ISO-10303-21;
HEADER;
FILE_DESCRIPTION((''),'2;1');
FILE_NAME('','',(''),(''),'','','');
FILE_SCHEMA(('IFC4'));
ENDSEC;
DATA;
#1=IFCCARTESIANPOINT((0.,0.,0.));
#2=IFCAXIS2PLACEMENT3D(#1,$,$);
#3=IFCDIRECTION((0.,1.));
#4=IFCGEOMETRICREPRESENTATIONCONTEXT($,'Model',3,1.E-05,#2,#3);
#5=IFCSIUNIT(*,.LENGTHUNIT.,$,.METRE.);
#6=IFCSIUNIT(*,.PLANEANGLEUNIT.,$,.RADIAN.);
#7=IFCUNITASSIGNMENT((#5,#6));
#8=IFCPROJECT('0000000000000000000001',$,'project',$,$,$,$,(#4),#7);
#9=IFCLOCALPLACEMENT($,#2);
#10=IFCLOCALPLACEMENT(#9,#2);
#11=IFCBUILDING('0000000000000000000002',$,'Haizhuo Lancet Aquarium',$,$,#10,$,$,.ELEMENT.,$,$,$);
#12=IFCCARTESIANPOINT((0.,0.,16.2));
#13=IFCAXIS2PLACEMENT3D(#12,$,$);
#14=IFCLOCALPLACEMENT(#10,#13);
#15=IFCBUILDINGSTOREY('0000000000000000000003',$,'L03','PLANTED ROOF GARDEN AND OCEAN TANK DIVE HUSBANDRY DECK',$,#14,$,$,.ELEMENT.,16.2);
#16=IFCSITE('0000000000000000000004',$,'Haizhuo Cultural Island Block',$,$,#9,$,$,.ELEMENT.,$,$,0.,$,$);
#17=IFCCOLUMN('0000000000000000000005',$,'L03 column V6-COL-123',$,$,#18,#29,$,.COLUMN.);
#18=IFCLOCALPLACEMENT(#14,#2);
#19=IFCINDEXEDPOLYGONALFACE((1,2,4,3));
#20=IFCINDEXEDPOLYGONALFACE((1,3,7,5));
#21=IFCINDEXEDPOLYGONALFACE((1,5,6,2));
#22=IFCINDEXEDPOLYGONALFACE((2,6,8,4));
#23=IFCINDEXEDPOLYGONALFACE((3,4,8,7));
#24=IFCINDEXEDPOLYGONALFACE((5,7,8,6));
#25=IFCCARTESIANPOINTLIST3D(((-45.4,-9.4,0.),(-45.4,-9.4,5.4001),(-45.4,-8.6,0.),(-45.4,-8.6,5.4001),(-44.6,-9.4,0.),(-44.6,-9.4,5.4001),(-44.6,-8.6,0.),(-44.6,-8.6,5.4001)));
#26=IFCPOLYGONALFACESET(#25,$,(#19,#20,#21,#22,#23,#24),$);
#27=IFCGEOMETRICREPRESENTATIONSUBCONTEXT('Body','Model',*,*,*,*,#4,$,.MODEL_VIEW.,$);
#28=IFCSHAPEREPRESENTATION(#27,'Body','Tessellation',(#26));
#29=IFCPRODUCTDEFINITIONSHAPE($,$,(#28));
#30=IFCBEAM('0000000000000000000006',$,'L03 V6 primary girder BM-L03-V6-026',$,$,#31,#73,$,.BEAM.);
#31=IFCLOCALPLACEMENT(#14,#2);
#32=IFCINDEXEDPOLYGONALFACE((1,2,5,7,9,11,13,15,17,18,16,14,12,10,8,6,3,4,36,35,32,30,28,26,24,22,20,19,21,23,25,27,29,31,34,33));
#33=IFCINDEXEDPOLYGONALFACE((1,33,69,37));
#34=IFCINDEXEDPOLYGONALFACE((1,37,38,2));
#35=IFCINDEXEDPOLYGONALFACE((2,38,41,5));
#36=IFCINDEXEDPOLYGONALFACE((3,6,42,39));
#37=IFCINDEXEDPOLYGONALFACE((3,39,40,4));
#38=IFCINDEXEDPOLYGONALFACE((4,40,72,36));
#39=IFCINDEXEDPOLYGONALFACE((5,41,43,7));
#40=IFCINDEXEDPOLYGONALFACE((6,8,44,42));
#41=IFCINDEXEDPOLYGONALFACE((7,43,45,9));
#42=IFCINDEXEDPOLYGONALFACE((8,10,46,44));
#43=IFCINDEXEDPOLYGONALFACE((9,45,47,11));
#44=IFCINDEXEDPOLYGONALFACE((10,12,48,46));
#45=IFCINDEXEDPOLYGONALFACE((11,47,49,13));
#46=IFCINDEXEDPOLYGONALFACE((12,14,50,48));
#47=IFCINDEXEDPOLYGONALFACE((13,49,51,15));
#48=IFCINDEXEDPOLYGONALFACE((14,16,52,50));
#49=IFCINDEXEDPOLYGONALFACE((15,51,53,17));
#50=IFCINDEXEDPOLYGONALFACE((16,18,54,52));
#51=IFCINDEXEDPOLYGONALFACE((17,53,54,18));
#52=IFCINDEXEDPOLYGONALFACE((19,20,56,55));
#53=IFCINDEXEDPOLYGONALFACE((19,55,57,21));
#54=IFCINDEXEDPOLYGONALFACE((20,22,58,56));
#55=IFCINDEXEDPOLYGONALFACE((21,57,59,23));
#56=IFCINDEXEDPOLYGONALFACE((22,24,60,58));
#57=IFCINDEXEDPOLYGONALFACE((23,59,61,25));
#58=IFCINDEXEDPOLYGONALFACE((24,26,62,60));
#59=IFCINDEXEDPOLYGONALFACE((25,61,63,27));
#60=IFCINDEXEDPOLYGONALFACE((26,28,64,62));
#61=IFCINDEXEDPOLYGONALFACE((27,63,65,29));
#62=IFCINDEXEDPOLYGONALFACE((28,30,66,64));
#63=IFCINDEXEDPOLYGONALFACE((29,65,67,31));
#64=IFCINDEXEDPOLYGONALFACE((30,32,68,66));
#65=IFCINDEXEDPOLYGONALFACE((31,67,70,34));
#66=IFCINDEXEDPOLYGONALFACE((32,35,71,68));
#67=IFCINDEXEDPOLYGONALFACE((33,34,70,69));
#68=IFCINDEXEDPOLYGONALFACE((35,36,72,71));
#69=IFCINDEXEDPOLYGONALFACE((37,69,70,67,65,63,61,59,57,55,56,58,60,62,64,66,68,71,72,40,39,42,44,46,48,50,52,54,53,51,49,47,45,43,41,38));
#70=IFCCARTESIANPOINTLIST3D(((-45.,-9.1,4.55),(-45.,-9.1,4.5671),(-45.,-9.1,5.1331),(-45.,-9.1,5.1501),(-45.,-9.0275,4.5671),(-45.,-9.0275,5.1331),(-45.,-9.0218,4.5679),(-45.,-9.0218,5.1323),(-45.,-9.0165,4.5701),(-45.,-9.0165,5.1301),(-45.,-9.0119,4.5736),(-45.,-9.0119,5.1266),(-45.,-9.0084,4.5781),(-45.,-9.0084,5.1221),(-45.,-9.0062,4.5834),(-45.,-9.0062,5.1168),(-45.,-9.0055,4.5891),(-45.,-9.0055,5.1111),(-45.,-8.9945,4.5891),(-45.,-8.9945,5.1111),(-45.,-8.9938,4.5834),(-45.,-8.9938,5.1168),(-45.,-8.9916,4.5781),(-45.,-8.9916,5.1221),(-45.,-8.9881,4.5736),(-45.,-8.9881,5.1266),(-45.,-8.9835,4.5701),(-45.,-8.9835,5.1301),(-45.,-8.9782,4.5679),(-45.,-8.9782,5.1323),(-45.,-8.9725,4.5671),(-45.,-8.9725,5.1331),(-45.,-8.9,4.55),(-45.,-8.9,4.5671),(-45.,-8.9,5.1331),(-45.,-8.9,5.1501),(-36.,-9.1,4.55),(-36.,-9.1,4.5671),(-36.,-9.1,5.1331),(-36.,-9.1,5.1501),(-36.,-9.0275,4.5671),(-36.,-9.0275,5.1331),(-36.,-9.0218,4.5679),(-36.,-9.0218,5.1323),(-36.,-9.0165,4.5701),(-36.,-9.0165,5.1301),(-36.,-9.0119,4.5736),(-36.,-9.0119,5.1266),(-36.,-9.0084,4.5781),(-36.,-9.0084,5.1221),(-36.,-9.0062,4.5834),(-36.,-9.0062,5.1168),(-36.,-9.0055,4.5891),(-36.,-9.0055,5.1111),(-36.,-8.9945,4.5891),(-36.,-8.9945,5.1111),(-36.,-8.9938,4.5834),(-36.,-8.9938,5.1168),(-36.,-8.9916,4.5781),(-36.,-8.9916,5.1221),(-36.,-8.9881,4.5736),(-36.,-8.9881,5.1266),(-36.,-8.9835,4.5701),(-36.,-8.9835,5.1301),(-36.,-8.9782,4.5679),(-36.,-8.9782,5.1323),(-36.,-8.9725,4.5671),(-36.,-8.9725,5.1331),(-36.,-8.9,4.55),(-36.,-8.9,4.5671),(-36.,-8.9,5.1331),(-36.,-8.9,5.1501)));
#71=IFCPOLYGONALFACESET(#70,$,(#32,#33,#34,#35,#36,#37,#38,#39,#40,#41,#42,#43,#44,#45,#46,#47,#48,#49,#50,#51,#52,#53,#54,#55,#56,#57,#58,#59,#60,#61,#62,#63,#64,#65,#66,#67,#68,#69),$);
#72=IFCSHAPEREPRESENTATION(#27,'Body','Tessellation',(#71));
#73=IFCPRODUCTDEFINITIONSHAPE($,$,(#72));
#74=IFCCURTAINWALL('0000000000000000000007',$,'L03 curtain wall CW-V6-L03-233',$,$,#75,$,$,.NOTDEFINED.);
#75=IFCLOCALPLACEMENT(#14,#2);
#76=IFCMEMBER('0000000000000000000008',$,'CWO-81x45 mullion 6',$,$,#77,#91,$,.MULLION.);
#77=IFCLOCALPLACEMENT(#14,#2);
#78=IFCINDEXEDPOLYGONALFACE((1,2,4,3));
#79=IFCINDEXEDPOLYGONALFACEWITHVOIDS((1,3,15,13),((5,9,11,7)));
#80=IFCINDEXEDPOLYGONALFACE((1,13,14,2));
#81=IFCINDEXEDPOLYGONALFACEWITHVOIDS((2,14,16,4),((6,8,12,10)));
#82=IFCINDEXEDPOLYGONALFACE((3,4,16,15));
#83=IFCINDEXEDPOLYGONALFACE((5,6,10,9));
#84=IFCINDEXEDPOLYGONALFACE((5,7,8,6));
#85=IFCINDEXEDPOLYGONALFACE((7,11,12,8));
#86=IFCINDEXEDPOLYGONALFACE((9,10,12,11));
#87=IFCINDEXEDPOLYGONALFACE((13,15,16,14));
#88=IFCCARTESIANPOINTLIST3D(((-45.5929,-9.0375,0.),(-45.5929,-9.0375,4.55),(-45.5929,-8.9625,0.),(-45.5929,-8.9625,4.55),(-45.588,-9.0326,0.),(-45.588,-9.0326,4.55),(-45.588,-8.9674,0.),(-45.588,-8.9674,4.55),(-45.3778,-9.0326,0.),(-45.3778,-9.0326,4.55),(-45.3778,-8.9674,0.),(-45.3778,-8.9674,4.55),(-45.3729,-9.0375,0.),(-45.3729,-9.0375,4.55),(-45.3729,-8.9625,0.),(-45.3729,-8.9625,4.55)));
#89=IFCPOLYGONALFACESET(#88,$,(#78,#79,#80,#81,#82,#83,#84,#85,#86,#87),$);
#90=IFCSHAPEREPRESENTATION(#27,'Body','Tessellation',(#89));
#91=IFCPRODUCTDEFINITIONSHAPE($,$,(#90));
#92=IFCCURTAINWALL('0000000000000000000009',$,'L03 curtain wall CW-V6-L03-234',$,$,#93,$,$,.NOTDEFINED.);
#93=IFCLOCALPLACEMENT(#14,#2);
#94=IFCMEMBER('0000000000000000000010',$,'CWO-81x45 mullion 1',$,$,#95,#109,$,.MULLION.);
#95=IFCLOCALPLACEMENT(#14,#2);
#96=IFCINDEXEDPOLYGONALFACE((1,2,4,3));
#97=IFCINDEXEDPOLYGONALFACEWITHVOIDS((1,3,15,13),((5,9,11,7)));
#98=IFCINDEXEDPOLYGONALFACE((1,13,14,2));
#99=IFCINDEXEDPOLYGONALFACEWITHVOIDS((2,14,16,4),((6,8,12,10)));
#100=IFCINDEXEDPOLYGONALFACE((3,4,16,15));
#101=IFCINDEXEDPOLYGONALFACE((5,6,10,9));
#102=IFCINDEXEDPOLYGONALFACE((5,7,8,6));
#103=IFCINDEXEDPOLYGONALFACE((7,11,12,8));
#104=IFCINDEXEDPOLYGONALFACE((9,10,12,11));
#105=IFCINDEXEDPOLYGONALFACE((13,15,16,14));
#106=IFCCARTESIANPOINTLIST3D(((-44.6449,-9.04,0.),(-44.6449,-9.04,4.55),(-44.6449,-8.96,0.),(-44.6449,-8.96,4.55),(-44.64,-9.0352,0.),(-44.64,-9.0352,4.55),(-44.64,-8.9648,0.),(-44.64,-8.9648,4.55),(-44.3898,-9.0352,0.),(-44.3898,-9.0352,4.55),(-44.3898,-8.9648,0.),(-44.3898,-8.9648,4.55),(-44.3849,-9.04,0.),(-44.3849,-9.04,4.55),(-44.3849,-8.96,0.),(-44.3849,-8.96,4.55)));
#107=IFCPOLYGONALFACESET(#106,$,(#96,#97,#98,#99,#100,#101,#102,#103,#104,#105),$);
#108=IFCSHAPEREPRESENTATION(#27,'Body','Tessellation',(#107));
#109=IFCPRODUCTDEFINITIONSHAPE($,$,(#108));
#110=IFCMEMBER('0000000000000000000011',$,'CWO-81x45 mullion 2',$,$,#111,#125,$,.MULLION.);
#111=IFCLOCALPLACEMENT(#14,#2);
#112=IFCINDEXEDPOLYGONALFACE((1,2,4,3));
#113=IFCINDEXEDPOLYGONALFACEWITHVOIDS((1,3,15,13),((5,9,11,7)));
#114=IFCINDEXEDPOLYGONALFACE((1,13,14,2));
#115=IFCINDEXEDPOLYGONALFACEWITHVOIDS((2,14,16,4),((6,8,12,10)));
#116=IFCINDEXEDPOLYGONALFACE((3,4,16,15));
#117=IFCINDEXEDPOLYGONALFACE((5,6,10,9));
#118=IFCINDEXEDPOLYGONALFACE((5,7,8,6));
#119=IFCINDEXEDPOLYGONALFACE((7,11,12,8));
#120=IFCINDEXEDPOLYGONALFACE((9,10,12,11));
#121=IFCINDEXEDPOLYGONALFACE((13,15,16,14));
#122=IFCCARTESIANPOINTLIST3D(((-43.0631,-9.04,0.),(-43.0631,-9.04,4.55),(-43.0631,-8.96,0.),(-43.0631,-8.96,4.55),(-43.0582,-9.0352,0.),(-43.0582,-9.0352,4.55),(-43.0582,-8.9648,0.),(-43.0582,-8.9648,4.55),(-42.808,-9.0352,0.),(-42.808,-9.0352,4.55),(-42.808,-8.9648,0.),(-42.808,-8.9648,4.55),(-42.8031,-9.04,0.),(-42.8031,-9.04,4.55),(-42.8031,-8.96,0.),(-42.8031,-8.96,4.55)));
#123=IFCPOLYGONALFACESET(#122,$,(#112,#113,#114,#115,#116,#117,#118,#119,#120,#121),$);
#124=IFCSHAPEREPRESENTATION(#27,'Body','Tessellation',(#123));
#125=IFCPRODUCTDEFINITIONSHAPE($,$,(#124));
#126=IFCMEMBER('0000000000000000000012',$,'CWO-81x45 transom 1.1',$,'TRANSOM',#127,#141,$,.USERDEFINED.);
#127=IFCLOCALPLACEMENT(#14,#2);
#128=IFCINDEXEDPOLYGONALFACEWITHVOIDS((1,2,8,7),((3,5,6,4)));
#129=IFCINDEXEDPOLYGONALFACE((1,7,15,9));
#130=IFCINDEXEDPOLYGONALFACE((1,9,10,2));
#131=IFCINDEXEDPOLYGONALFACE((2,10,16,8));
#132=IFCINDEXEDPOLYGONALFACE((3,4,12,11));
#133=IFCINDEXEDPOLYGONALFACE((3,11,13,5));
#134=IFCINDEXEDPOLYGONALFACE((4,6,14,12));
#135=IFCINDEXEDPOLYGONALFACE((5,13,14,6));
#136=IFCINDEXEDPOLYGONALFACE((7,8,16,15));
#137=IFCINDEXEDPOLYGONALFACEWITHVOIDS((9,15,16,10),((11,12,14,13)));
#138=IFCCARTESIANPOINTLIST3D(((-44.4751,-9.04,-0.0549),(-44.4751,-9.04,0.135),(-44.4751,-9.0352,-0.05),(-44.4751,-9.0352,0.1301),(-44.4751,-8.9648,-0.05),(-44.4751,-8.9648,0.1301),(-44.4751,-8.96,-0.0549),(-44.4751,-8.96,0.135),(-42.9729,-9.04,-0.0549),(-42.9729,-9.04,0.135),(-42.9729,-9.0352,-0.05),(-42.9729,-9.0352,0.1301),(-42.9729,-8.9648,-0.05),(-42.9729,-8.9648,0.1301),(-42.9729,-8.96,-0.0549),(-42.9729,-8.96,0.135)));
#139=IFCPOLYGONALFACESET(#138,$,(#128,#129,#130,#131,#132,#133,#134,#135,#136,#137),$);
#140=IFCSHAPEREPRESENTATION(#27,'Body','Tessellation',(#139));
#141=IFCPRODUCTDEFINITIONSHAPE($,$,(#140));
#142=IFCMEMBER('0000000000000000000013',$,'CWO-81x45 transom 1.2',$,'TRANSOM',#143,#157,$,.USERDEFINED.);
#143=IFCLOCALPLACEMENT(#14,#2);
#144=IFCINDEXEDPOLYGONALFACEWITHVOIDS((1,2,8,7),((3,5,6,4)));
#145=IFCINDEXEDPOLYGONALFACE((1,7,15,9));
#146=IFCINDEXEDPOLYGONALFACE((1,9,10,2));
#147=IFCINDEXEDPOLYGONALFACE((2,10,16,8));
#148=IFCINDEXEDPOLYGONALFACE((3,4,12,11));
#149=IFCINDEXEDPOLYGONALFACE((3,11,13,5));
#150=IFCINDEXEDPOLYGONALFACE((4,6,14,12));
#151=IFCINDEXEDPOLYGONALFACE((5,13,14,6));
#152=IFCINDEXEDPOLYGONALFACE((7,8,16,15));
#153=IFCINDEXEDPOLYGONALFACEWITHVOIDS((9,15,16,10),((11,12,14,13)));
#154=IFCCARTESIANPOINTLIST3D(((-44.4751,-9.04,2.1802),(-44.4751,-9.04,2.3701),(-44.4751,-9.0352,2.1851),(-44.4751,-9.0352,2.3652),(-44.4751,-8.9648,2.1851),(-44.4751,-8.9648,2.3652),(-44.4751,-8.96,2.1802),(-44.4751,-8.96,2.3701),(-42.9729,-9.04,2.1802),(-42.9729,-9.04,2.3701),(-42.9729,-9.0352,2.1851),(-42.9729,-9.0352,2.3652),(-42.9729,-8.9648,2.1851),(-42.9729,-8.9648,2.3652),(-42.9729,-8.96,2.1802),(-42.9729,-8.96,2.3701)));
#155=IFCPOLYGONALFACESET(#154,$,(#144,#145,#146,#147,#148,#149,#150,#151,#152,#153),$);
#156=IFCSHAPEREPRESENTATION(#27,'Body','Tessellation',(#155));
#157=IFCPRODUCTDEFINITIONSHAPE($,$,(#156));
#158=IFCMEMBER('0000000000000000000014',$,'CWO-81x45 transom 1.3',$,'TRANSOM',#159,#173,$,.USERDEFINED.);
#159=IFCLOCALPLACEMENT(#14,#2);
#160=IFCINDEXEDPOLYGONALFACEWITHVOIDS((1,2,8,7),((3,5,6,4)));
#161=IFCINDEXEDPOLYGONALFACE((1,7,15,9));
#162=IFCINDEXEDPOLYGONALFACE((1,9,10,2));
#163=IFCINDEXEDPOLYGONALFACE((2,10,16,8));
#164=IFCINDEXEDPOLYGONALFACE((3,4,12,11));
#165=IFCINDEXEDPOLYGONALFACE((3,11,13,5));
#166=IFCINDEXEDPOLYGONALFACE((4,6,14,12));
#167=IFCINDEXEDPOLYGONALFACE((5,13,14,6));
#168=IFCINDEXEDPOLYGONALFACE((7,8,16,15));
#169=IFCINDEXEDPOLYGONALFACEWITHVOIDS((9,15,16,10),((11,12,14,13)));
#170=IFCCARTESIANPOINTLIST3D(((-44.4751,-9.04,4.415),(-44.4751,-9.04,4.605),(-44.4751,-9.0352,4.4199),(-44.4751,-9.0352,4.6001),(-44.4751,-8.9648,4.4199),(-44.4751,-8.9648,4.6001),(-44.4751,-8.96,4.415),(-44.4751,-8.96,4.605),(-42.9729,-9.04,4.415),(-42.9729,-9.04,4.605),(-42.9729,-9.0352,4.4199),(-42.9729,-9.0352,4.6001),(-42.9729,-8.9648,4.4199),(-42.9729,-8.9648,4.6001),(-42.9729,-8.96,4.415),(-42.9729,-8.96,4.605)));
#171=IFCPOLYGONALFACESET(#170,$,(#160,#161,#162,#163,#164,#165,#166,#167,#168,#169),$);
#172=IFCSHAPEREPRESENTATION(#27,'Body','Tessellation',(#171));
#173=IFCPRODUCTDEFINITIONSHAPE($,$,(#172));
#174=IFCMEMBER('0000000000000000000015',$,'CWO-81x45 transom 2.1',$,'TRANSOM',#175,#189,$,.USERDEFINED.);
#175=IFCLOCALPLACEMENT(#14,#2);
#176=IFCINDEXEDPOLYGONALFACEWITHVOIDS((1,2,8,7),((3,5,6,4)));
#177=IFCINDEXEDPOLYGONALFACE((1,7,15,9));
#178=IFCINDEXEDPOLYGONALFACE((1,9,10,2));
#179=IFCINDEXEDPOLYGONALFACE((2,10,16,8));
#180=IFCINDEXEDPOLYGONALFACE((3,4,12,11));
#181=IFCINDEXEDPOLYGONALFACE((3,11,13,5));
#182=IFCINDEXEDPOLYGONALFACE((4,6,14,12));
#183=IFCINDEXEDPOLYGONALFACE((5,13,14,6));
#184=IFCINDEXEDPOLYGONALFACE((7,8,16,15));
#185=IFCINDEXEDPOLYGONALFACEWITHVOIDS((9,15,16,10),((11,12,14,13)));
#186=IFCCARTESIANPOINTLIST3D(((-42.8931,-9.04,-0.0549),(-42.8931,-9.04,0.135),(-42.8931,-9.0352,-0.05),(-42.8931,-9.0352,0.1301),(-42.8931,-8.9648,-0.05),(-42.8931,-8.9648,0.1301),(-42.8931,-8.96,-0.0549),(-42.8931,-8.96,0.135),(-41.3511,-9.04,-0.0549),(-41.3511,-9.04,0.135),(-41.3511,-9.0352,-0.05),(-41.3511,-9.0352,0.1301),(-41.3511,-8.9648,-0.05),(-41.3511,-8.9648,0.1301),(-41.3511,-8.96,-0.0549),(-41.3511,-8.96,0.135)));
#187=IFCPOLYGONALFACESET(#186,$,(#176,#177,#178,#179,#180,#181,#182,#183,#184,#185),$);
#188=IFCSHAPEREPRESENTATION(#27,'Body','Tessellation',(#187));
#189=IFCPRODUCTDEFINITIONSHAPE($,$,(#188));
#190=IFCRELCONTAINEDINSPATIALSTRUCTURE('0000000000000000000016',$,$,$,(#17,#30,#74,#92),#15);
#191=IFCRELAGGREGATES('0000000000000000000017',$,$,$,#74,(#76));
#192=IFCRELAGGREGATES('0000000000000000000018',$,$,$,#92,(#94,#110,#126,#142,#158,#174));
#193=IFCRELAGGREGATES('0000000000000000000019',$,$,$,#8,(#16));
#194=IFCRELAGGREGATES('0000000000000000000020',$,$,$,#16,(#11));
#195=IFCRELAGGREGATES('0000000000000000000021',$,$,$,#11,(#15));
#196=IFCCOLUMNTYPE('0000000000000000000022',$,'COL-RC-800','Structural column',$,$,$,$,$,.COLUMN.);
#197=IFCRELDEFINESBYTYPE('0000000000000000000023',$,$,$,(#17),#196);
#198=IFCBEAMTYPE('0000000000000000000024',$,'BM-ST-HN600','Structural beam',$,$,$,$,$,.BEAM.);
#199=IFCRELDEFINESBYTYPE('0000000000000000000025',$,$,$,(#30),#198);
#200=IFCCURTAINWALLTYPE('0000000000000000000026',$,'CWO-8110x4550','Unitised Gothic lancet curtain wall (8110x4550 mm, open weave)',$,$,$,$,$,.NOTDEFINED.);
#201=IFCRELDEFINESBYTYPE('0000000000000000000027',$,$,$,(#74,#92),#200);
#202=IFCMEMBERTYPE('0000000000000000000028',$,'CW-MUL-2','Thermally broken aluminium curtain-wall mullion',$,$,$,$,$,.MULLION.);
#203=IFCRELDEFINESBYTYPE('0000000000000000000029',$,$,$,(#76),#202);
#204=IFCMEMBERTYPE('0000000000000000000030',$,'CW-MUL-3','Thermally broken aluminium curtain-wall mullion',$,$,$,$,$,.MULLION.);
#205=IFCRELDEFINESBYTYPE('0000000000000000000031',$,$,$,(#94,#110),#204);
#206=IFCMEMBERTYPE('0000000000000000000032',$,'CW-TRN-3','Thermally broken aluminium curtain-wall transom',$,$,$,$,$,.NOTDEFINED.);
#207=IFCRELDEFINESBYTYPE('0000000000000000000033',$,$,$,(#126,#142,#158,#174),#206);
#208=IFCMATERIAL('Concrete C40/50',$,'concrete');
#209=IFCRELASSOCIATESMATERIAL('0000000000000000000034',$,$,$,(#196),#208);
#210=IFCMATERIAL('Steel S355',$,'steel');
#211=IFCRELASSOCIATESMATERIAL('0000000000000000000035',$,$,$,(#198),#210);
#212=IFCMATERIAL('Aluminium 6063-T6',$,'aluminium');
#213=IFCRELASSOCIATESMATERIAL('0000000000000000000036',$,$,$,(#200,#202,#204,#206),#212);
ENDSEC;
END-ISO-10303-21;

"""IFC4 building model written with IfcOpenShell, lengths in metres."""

from ifc_helpers import new_model, si_unit, direction, frame, origin, origin_2d, place, context, subcontext, project, spatial, rectangle, hollow_rectangle, i_section, extrude, material, material_profile, profile_set, type_object, element, aggregate, save


model = new_model("IFC4")

# Units and contexts
model_context = context("Model", 3, precision=1e-05, world=origin(), true_north=direction((0.0, 1.0)))
body_context = subcontext(model_context, "Body", "Model", "MODEL_VIEW")
ifc_project = project(units=[si_unit("LENGTHUNIT", "METRE"), si_unit("PLANEANGLEUNIT", "RADIAN")], contexts=[model_context])

# Site, building, storey
site_placement = place(None, origin())
site = spatial("IfcSite", under=ifc_project, at=site_placement, Name="Haizhuo Cultural Island Block", CompositionType="ELEMENT", RefElevation=0.0)
building_placement = place(site_placement, origin())
building = spatial("IfcBuilding", under=site, at=building_placement, Name="Haizhuo Lancet Aquarium", CompositionType="ELEMENT")
storey_placement = place(building_placement, frame((0.0, 0.0, 16.2)))
storey = spatial("IfcBuildingStorey", under=building, at=storey_placement, Name="L03", Description="PLANTED ROOF GARDEN AND OCEAN TANK DIVE HUSBANDRY DECK", CompositionType="ELEMENT", Elevation=16.2)

# Column
ifc_material_1 = material(Name="Concrete C40/50", Category="concrete")
ifc_material_profile_1 = material_profile(ifc_material_1, rectangle(XDim=0.8, YDim=0.8, at=origin_2d()), Name="RC-COL 800x800")
ifc_profile_set_1 = profile_set([ifc_material_profile_1], Name="Concrete C40/50")
column_type = type_object("IfcColumnType", Name="COL-RC-800", Description="Structural column", PredefinedType="COLUMN", material=ifc_profile_set_1)
column_placement = place(storey_placement, frame((-45.0, -9.0, 0.0), z_axis=(0.0, 0.0, 1.0), x_axis=(1.0, 0.0, 0.0)))
element("IfcColumn", 1, at=column_placement, inside=storey, type_object=column_type, Name="L03 column V6-COL-123", PredefinedType="COLUMN", context=body_context, shape_type="SweptSolid", body=[
    extrude(rectangle(XDim=0.8, YDim=0.8, at=origin_2d()), origin(), (0.0, 0.0, 1.0), 5.4001),
])

# Beam
ifc_material_2 = material(Name="Steel S355", Category="steel")
ifc_material_profile_2 = material_profile(ifc_material_2, i_section(OverallWidth=0.2, OverallDepth=0.6001, WebThickness=0.011, FlangeThickness=0.0171, FilletRadius=0.022, at=origin_2d()), Name="HN 600x200x11x17")
ifc_profile_set_2 = profile_set([ifc_material_profile_2], Name="Steel S355")
beam_type = type_object("IfcBeamType", Name="BM-ST-HN600", Description="Structural beam", PredefinedType="BEAM", material=ifc_profile_set_2)
beam_placement = place(storey_placement, frame((-45.0, -9.0, 4.8501), z_axis=(1.0, 0.0, 0.0), x_axis=(0.0, 1.0, 0.0)))
element("IfcBeam", 2, at=beam_placement, inside=storey, type_object=beam_type, Name="L03 V6 primary girder BM-L03-V6-026", PredefinedType="BEAM", context=body_context, shape_type="SweptSolid", body=[
    extrude(i_section(OverallWidth=0.2, OverallDepth=0.6001, WebThickness=0.011, FlangeThickness=0.0171, FilletRadius=0.022, at=origin_2d()), origin(), (0.0, 0.0, 1.0), 9.0),
])

# Curtain wall, member
ifc_material_3 = material(Name="Aluminium 6063-T6", Category="aluminium")
curtain_wall_type = type_object("IfcCurtainWallType", Name="CWO-8110x4550", Description="Unitised Gothic lancet curtain wall (8110x4550 mm, open weave)", PredefinedType="NOTDEFINED", material=ifc_material_3)
curtain_wall_1_placement = place(storey_placement, origin())
curtain_wall_1 = element("IfcCurtainWall", 3, at=curtain_wall_1_placement, inside=storey, type_object=curtain_wall_type, Name="L03 curtain wall CW-V6-L03-233", PredefinedType="NOTDEFINED")
ifc_material_profile_3 = material_profile(ifc_material_3, hollow_rectangle(XDim=0.075, YDim=0.22, WallThickness=0.0049, at=origin_2d()), Name="ALU-M 75x220x5")
ifc_profile_set_3 = profile_set([ifc_material_profile_3], Name="Aluminium 6063-T6")
member_type_1 = type_object("IfcMemberType", Name="CW-MUL-2", Description="Thermally broken aluminium curtain-wall mullion", PredefinedType="MULLION", material=ifc_profile_set_3)
member_1_placement = place(storey_placement, frame((-45.4829, -9.0, 0.0), z_axis=(0.0, 0.0, 1.0), x_axis=(0.0, 1.0, 0.0)))
member_1 = element("IfcMember", 4, at=member_1_placement, type_object=member_type_1, Name="CWO-81x45 mullion 6", PredefinedType="MULLION", context=body_context, shape_type="SweptSolid", body=[
    extrude(hollow_rectangle(XDim=0.075, YDim=0.22, WallThickness=0.0049, at=origin_2d()), origin(), (0.0, 0.0, 1.0), 4.55),
])

# Curtain wall, members
curtain_wall_2_placement = place(storey_placement, origin())
curtain_wall_2 = element("IfcCurtainWall", 5, at=curtain_wall_2_placement, inside=storey, type_object=curtain_wall_type, Name="L03 curtain wall CW-V6-L03-234", PredefinedType="NOTDEFINED")
ifc_material_profile_4 = material_profile(ifc_material_3, hollow_rectangle(XDim=0.0801, YDim=0.26, WallThickness=0.0049, at=origin_2d()), Name="ALU-M 80x260x5")
ifc_profile_set_4 = profile_set([ifc_material_profile_4], Name="Aluminium 6063-T6")
member_type_2 = type_object("IfcMemberType", Name="CW-MUL-3", Description="Thermally broken aluminium curtain-wall mullion", PredefinedType="MULLION", material=ifc_profile_set_4)
member_2_placement = place(storey_placement, frame((-44.5149, -9.0, 0.0), z_axis=(0.0, 0.0, 1.0), x_axis=(0.0, 1.0, 0.0)))
member_2 = element("IfcMember", 6, at=member_2_placement, type_object=member_type_2, Name="CWO-81x45 mullion 1", PredefinedType="MULLION", context=body_context, shape_type="SweptSolid", body=[
    extrude(hollow_rectangle(XDim=0.0801, YDim=0.26, WallThickness=0.0049, at=origin_2d()), origin(), (0.0, 0.0, 1.0), 4.55),
])
member_3_placement = place(storey_placement, frame((-42.9331, -9.0, 0.0), z_axis=(0.0, 0.0, 1.0), x_axis=(0.0, 1.0, 0.0)))
member_3 = element("IfcMember", 7, at=member_3_placement, type_object=member_type_2, Name="CWO-81x45 mullion 2", PredefinedType="MULLION", context=body_context, shape_type="SweptSolid", body=[
    extrude(hollow_rectangle(XDim=0.0801, YDim=0.26, WallThickness=0.0049, at=origin_2d()), origin(), (0.0, 0.0, 1.0), 4.55),
])
ifc_material_profile_5 = material_profile(ifc_material_3, hollow_rectangle(XDim=0.0801, YDim=0.1899, WallThickness=0.0049, at=origin_2d()), Name="ALU-T 80x190x5")
ifc_profile_set_5 = profile_set([ifc_material_profile_5], Name="Aluminium 6063-T6")
member_type_3 = type_object("IfcMemberType", Name="CW-TRN-3", Description="Thermally broken aluminium curtain-wall transom", PredefinedType="NOTDEFINED", material=ifc_profile_set_5)
member_4_placement = place(storey_placement, frame((-44.4751, -9.0, 0.04), z_axis=(1.0, 0.0, 0.0), x_axis=(0.0, 1.0, 0.0)))
member_4 = element("IfcMember", 8, at=member_4_placement, type_object=member_type_3, Name="CWO-81x45 transom 1.1", ObjectType="TRANSOM", PredefinedType="USERDEFINED", context=body_context, shape_type="SweptSolid", body=[
    extrude(hollow_rectangle(XDim=0.0801, YDim=0.1899, WallThickness=0.0049, at=origin_2d()), origin(), (0.0, 0.0, 1.0), 1.5022),
])
member_5_placement = place(storey_placement, frame((-44.4751, -9.0, 2.2751), z_axis=(1.0, 0.0, 0.0), x_axis=(0.0, 1.0, 0.0)))
member_5 = element("IfcMember", 9, at=member_5_placement, type_object=member_type_3, Name="CWO-81x45 transom 1.2", ObjectType="TRANSOM", PredefinedType="USERDEFINED", context=body_context, shape_type="SweptSolid", body=[
    extrude(hollow_rectangle(XDim=0.0801, YDim=0.1899, WallThickness=0.0049, at=origin_2d()), origin(), (0.0, 0.0, 1.0), 1.5022),
])
member_6_placement = place(storey_placement, frame((-44.4751, -9.0, 4.51), z_axis=(1.0, 0.0, 0.0), x_axis=(0.0, 1.0, 0.0)))
member_6 = element("IfcMember", 10, at=member_6_placement, type_object=member_type_3, Name="CWO-81x45 transom 1.3", ObjectType="TRANSOM", PredefinedType="USERDEFINED", context=body_context, shape_type="SweptSolid", body=[
    extrude(hollow_rectangle(XDim=0.0801, YDim=0.1899, WallThickness=0.0049, at=origin_2d()), origin(), (0.0, 0.0, 1.0), 1.5022),
])
member_7_placement = place(storey_placement, frame((-42.8931, -9.0, 0.04), z_axis=(1.0, 0.0, 0.0), x_axis=(0.0, 1.0, 0.0)))
member_7 = element("IfcMember", 11, at=member_7_placement, type_object=member_type_3, Name="CWO-81x45 transom 2.1", ObjectType="TRANSOM", PredefinedType="USERDEFINED", context=body_context, shape_type="SweptSolid", body=[
    extrude(hollow_rectangle(XDim=0.0801, YDim=0.1899, WallThickness=0.0049, at=origin_2d()), origin(), (0.0, 0.0, 1.0), 1.542),
])

aggregate(curtain_wall_1, [member_1])
aggregate(curtain_wall_2, [member_2, member_3, member_4, member_5, member_6, member_7])

save(model, "model.ifc")
